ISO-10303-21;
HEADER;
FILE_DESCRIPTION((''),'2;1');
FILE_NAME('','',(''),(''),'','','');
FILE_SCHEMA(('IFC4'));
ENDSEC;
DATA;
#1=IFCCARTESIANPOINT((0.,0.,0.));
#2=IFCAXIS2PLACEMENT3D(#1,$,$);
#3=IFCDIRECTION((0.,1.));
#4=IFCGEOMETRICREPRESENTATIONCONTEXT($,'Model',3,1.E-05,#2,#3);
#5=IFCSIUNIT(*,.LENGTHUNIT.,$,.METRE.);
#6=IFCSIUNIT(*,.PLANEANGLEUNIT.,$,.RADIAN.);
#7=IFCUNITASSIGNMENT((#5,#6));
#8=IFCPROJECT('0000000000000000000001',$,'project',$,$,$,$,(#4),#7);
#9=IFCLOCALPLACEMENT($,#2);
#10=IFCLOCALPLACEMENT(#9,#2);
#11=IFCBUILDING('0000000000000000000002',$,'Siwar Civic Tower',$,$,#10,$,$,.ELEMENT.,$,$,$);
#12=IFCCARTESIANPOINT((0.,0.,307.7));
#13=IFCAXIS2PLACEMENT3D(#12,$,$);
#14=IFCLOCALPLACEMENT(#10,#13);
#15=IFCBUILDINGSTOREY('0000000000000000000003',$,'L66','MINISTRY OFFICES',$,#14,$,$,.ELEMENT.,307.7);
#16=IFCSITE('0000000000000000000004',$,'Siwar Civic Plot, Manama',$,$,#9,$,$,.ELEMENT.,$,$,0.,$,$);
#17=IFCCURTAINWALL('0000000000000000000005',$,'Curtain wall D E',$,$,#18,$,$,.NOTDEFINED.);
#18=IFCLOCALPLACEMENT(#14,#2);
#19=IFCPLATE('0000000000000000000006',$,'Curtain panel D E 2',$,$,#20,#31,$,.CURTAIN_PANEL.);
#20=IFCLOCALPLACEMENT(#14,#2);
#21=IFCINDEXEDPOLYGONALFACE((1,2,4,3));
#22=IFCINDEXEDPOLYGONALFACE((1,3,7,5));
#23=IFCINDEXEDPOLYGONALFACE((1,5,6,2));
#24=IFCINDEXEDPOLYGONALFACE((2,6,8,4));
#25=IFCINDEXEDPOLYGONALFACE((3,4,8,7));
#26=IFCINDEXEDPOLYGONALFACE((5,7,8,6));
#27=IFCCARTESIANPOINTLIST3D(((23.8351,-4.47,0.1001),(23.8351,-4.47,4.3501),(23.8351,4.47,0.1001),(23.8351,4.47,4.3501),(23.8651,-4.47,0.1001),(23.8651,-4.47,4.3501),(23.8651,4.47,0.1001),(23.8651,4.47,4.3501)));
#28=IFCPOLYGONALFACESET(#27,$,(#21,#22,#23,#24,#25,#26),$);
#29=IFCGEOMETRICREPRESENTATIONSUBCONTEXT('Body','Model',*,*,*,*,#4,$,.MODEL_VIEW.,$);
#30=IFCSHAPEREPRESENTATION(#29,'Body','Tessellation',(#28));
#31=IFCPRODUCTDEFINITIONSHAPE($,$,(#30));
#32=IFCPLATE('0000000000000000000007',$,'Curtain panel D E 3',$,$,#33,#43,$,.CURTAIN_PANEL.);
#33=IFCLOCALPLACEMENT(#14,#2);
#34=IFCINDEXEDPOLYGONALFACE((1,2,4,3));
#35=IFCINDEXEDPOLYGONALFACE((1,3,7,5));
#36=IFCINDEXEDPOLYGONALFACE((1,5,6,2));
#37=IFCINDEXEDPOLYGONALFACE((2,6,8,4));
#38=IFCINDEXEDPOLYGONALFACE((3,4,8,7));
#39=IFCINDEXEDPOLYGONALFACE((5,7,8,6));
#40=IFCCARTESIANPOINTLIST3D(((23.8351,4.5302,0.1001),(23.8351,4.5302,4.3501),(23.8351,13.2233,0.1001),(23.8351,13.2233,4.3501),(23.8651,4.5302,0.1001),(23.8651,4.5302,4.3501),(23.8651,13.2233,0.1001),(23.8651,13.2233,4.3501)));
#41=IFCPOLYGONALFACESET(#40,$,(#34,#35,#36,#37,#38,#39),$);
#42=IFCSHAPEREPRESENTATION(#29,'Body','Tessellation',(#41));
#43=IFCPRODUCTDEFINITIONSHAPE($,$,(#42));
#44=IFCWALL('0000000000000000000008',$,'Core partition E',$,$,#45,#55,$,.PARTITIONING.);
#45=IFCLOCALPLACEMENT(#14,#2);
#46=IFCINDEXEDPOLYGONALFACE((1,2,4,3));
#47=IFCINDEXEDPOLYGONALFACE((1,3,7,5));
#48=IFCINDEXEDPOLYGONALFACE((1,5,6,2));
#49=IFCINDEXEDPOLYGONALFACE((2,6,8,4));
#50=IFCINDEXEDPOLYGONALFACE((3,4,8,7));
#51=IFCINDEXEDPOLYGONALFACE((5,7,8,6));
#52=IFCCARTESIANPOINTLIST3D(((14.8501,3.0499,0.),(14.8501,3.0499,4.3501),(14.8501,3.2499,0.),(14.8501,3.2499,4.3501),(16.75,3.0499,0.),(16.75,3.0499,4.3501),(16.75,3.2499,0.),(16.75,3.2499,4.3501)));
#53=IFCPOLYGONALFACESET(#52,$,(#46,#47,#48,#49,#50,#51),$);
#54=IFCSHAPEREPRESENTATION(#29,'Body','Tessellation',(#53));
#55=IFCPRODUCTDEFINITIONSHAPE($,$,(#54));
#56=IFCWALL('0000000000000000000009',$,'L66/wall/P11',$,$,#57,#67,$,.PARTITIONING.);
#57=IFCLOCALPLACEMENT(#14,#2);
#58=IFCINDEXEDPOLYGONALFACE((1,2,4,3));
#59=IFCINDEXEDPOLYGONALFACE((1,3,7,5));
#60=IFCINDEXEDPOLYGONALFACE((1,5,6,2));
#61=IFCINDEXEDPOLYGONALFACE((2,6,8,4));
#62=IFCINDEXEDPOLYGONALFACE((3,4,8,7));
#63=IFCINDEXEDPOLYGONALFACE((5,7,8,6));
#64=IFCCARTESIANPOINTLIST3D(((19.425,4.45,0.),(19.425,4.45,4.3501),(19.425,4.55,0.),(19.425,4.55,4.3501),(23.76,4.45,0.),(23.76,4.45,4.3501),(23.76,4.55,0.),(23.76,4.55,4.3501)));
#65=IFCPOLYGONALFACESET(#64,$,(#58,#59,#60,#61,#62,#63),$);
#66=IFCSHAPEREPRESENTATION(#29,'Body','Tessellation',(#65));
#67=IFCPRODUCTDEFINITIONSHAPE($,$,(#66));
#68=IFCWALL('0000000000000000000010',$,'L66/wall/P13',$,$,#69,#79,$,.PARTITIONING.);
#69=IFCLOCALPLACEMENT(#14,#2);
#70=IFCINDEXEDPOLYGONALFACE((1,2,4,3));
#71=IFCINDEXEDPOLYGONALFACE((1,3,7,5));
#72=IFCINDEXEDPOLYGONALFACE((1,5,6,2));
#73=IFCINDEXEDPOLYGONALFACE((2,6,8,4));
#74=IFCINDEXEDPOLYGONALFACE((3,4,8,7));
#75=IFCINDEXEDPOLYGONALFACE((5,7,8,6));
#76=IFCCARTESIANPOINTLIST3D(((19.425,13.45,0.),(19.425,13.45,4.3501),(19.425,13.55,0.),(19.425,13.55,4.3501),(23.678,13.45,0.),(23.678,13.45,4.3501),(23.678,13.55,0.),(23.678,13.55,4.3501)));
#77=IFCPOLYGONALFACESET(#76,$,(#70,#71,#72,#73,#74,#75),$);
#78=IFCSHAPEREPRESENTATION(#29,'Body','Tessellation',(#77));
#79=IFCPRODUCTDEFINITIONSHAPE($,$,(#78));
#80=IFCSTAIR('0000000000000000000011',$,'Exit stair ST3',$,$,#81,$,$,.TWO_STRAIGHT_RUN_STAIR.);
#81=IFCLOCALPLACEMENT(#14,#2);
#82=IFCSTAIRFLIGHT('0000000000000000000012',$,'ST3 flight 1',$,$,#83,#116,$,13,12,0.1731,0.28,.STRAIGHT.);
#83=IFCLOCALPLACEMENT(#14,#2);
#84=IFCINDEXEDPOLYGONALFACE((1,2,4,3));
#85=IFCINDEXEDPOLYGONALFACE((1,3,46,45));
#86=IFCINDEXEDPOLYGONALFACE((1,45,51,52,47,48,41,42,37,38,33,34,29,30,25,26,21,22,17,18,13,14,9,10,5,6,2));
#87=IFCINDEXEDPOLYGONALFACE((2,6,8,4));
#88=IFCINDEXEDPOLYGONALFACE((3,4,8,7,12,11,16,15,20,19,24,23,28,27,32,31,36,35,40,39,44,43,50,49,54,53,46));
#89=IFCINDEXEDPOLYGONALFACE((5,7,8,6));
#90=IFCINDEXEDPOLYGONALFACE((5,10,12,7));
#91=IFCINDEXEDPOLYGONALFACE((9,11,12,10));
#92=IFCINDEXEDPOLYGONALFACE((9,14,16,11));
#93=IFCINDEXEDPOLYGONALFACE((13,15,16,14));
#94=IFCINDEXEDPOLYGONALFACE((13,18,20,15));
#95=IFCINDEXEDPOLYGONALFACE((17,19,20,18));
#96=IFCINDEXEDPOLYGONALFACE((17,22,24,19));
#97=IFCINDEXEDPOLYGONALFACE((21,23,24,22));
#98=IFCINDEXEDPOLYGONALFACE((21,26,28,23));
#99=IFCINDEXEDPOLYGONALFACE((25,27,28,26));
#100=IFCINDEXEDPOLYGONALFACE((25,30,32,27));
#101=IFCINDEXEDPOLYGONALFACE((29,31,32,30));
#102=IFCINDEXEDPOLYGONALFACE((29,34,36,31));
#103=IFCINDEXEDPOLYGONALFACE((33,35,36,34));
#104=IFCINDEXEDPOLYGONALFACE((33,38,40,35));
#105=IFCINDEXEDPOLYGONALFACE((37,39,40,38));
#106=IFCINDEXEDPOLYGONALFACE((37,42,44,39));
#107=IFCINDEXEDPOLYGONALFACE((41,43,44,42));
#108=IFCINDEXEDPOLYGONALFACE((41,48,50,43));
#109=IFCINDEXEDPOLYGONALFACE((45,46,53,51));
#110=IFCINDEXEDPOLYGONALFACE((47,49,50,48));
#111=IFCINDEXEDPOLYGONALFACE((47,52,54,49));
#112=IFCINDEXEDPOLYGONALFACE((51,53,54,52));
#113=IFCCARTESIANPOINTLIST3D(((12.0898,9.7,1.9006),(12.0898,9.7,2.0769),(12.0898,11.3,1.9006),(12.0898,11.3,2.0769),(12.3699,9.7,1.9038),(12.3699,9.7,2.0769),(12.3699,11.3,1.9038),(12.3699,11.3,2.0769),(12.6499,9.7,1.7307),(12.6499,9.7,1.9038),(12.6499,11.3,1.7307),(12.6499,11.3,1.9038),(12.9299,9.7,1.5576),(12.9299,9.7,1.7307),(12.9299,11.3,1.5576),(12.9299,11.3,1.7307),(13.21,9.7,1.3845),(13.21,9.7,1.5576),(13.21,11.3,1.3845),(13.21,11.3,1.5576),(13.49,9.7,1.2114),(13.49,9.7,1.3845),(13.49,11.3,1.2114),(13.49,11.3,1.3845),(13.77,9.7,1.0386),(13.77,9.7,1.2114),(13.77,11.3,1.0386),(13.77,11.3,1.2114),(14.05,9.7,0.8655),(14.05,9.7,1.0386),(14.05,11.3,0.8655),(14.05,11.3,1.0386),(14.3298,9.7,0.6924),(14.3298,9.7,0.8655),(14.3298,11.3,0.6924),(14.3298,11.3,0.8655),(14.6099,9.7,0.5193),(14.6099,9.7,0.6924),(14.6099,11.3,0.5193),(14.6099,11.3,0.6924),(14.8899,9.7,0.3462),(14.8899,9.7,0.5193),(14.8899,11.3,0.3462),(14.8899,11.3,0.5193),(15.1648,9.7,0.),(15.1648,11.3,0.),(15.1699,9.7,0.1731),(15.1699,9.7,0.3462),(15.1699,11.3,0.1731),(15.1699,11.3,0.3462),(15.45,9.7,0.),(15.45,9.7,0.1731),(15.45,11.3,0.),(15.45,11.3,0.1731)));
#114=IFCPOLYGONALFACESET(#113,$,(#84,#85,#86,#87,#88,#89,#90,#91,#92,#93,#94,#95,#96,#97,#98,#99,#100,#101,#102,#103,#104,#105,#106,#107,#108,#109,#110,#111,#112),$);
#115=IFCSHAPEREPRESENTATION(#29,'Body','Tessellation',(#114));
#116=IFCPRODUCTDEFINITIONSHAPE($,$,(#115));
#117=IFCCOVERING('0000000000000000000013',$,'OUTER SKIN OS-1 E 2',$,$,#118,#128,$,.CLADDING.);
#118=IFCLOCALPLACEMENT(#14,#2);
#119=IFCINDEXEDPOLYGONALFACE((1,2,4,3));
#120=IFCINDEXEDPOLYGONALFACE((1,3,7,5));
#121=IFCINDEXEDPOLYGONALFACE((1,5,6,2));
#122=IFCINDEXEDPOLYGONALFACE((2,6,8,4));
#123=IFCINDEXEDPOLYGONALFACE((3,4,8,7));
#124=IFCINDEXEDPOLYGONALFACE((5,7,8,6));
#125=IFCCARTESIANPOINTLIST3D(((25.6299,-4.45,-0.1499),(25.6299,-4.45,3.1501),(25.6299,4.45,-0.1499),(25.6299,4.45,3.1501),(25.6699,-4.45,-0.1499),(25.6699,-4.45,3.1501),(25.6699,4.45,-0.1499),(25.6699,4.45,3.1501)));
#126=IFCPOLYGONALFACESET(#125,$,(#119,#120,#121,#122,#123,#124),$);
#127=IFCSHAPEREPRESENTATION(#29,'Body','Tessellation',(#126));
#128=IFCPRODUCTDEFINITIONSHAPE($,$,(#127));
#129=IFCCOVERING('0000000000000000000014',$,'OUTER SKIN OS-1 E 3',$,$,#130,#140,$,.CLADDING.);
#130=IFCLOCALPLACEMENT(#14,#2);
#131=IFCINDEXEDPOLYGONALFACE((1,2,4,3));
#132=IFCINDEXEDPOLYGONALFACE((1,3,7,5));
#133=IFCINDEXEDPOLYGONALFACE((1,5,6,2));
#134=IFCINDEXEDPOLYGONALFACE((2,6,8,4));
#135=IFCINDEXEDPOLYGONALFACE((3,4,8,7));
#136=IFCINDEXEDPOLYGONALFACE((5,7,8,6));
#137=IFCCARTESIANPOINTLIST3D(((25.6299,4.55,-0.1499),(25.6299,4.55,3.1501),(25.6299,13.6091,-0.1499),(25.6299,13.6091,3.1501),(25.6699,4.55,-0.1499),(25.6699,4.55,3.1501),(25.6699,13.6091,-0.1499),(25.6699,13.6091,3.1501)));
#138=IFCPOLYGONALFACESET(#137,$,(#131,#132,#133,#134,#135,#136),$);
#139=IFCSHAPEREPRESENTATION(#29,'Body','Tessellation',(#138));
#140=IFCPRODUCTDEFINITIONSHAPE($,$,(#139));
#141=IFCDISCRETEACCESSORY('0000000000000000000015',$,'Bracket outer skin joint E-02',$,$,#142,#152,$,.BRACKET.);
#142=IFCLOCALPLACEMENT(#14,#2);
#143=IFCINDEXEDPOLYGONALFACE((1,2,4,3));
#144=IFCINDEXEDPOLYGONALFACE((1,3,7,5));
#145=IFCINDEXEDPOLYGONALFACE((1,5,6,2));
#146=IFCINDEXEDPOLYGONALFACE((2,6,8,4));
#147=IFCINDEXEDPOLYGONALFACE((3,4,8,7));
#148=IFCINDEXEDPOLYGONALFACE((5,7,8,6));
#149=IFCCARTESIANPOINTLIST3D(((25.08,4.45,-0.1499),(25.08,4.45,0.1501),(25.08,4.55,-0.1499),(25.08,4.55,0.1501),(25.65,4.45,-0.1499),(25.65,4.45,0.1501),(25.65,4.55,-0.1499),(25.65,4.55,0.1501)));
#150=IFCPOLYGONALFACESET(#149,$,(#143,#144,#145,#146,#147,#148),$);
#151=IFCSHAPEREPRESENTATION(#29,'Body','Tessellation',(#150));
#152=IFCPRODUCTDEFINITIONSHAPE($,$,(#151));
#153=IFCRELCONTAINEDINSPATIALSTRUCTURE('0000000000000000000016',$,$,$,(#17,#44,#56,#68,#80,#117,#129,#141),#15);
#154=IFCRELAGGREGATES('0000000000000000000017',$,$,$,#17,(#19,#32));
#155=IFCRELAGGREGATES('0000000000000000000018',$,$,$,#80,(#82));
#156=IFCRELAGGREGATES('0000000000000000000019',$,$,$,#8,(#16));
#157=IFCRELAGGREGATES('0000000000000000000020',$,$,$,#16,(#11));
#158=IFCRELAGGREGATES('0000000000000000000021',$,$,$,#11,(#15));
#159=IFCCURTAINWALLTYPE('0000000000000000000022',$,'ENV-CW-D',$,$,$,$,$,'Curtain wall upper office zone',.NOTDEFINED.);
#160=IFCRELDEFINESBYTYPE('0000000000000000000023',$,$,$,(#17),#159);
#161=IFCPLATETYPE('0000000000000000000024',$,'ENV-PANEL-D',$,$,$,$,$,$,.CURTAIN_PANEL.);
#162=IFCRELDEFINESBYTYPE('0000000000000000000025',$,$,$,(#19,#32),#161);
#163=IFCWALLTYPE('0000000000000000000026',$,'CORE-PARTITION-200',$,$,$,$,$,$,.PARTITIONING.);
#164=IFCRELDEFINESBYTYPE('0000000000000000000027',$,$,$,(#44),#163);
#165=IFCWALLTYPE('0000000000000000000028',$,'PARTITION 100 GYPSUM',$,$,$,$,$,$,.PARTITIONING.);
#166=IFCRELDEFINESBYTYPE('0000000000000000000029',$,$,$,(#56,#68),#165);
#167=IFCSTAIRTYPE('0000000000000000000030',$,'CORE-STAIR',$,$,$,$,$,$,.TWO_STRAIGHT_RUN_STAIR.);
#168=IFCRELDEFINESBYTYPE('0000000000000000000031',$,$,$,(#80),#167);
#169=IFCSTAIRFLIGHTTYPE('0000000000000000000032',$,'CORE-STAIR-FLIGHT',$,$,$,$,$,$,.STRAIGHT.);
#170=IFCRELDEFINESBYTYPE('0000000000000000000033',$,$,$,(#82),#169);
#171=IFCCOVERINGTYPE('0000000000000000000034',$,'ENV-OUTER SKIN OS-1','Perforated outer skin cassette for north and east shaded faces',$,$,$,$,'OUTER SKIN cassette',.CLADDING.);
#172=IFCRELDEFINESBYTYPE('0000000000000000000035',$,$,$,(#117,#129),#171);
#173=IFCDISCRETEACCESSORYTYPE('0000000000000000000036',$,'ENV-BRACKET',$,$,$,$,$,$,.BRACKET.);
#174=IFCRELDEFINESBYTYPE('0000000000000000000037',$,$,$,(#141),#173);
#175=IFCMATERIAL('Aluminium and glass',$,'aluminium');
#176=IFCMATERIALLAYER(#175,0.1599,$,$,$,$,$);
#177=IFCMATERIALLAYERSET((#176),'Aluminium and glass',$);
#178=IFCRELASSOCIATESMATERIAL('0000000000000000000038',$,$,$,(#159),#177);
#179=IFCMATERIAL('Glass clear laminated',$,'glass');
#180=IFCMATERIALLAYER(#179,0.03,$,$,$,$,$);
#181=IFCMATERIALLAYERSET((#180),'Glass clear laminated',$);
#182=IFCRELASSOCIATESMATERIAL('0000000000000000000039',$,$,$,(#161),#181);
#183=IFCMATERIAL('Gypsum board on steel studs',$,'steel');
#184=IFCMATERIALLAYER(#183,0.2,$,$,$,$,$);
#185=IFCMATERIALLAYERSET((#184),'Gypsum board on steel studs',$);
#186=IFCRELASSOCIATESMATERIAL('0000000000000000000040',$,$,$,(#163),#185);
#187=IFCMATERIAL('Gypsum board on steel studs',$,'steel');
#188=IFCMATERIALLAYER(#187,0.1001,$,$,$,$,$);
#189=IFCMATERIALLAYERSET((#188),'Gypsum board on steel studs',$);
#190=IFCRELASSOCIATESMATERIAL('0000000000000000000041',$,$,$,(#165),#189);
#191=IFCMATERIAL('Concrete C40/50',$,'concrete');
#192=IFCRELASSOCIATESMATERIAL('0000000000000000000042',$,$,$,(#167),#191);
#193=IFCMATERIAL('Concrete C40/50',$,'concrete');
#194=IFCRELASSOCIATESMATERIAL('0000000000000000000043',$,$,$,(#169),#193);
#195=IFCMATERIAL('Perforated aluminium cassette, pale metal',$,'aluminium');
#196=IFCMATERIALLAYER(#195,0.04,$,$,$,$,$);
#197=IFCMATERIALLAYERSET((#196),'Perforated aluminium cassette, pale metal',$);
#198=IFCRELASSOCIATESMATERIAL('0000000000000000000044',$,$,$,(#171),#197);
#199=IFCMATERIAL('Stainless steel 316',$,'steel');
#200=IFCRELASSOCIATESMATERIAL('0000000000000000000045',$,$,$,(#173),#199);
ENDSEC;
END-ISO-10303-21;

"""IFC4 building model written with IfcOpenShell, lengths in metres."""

from ifc_helpers import new_model, si_unit, direction, frame, frame_2d, origin, origin_2d, place, context, subcontext, project, spatial, polyline, rectangle, outline, extrude, material, layer, layer_set, type_object, element, aggregate, save


model = new_model("IFC4")

# Units and contexts
model_context = context("Model", 3, precision=1e-05, world=origin(), true_north=direction((0.0, 1.0)))
body_context = subcontext(model_context, "Body", "Model", "MODEL_VIEW")
ifc_project = project(units=[si_unit("LENGTHUNIT", "METRE"), si_unit("PLANEANGLEUNIT", "RADIAN")], contexts=[model_context])

# Site, building, storey
site_placement = place(None, origin())
site = spatial("IfcSite", under=ifc_project, at=site_placement, Name="Siwar Civic Plot, Manama", CompositionType="ELEMENT", RefElevation=0.0)
building_placement = place(site_placement, origin())
building = spatial("IfcBuilding", under=site, at=building_placement, Name="Siwar Civic Tower", CompositionType="ELEMENT")
storey_placement = place(building_placement, frame((0.0, 0.0, 307.7)))
storey = spatial("IfcBuildingStorey", under=building, at=storey_placement, Name="L66", Description="MINISTRY OFFICES", CompositionType="ELEMENT", Elevation=307.7)

# Curtain wall
ifc_material_1 = material(Name="Aluminium and glass", Category="aluminium")
ifc_layer_1 = layer(ifc_material_1, 0.1599)
ifc_layer_set_1 = layer_set([ifc_layer_1], Name="Aluminium and glass")
curtain_wall_type_1 = type_object("IfcCurtainWallType", Name="ENV-CW-D", ElementType="Curtain wall upper office zone", PredefinedType="NOTDEFINED", material=ifc_layer_set_1)
curtain_wall_1_placement = place(storey_placement, origin())
curtain_wall_1 = element("IfcCurtainWall", 1, at=curtain_wall_1_placement, inside=storey, type_object=curtain_wall_type_1, Name="Curtain wall D E", PredefinedType="NOTDEFINED")

# Plates
ifc_material_2 = material(Name="Glass clear laminated", Category="glass")
ifc_layer_2 = layer(ifc_material_2, 0.03)
ifc_layer_set_2 = layer_set([ifc_layer_2], Name="Glass clear laminated")
plate_type = type_object("IfcPlateType", Name="ENV-PANEL-D", PredefinedType="CURTAIN_PANEL", material=ifc_layer_set_2)
plate_1_placement = place(storey_placement, frame((23.8501, 0.0, 0.1001), z_axis=(0.0, 0.0, 1.0), x_axis=(0.0, 1.0, 0.0)))
plate_1 = element("IfcPlate", 2, at=plate_1_placement, type_object=plate_type, Name="Curtain panel D E 2", PredefinedType="CURTAIN_PANEL", context=body_context, shape_type="SweptSolid", body=[
    extrude(rectangle(XDim=8.9399, YDim=0.03, at=origin_2d()), origin(), (0.0, 0.0, 1.0), 4.25),
])
plate_2_placement = place(storey_placement, frame((23.8501, 8.8767, 0.1001), z_axis=(0.0, 0.0, 1.0), x_axis=(0.0, 1.0, 0.0)))
plate_2 = element("IfcPlate", 3, at=plate_2_placement, type_object=plate_type, Name="Curtain panel D E 3", PredefinedType="CURTAIN_PANEL", context=body_context, shape_type="SweptSolid", body=[
    extrude(rectangle(XDim=8.6931, YDim=0.03, at=origin_2d()), origin(), (0.0, 0.0, 1.0), 4.25),
])
aggregate(curtain_wall_1, [plate_1, plate_2])

# Walls
ifc_material_3 = material(Name="Gypsum board on steel studs", Category="steel")
ifc_layer_3 = layer(ifc_material_3, 0.2)
ifc_layer_set_3 = layer_set([ifc_layer_3], Name="Gypsum board on steel studs")
wall_type_1 = type_object("IfcWallType", Name="CORE-PARTITION-200", PredefinedType="PARTITIONING", material=ifc_layer_set_3)
wall_1_placement = place(storey_placement, frame((14.8501, 3.1499, 0.0), z_axis=(0.0, 0.0, 1.0), x_axis=(1.0, 0.0, 0.0)))
element("IfcWall", 4, at=wall_1_placement, inside=storey, type_object=wall_type_1, Name="Core partition E", PredefinedType="PARTITIONING", context=body_context, shape_type="SweptSolid", body=[
    extrude(rectangle(XDim=1.8999, YDim=0.2, at=frame_2d((0.95, 0.0))), origin(), (0.0, 0.0, 1.0), 4.3501),
])
ifc_material_4 = material(Name="Gypsum board on steel studs", Category="steel")
ifc_layer_4 = layer(ifc_material_4, 0.1001)
ifc_layer_set_4 = layer_set([ifc_layer_4], Name="Gypsum board on steel studs")
wall_type_2 = type_object("IfcWallType", Name="PARTITION 100 GYPSUM", PredefinedType="PARTITIONING", material=ifc_layer_set_4)
wall_2_placement = place(storey_placement, frame((19.425, 4.5, 0.0), z_axis=(0.0, 0.0, 1.0), x_axis=(1.0, 0.0, 0.0)))
element("IfcWall", 5, at=wall_2_placement, inside=storey, type_object=wall_type_2, Name="L66/wall/P11", PredefinedType="PARTITIONING", context=body_context, shape_type="SweptSolid", body=[
    extrude(rectangle(XDim=4.335, YDim=0.1001, at=frame_2d((2.1675, 0.0))), origin(), (0.0, 0.0, 1.0), 4.3501),
])
wall_3_placement = place(storey_placement, frame((19.425, 13.5, 0.0), z_axis=(0.0, 0.0, 1.0), x_axis=(1.0, 0.0, 0.0)))
element("IfcWall", 6, at=wall_3_placement, inside=storey, type_object=wall_type_2, Name="L66/wall/P13", PredefinedType="PARTITIONING", context=body_context, shape_type="SweptSolid", body=[
    extrude(rectangle(XDim=4.2529, YDim=0.1001, at=frame_2d((2.1265, 0.0))), origin(), (0.0, 0.0, 1.0), 4.3501),
])

# Stair, stair flight
ifc_material_5 = material(Name="Concrete C40/50", Category="concrete")
stair_type = type_object("IfcStairType", Name="CORE-STAIR", PredefinedType="TWO_STRAIGHT_RUN_STAIR", material=ifc_material_5)
stair_placement = place(storey_placement, origin())
stair = element("IfcStair", 7, at=stair_placement, inside=storey, type_object=stair_type, Name="Exit stair ST3", PredefinedType="TWO_STRAIGHT_RUN_STAIR")
ifc_material_6 = material(Name="Concrete C40/50", Category="concrete")
stair_flight_type = type_object("IfcStairFlightType", Name="CORE-STAIR-FLIGHT", PredefinedType="STRAIGHT", material=ifc_material_6)
stair_flight_placement = place(storey_placement, frame((15.45, 10.5, 0.0), z_axis=(0.0, 0.0, 1.0), x_axis=(-1.0, 0.0, 0.0)))
stair_flight = element("IfcStairFlight", 8, at=stair_flight_placement, type_object=stair_flight_type, Name="ST3 flight 1", NumberOfRisers=13, NumberOfTreads=12, PredefinedType="STRAIGHT", RiserHeight=0.1731, TreadLength=0.28, context=body_context, shape_type="SweptSolid", body=[
    extrude(outline(polyline([(0.0, 0.0), (0.0, 0.1731), (0.28, 0.1731), (0.28, 0.3462), (0.5601, 0.3462), (0.5601, 0.5193), (0.8401, 0.5193), (0.8401, 0.6924), (1.1201, 0.6924), (1.1201, 0.8655), (1.3999, 0.8655), (1.3999, 1.0386), (1.6799, 1.0386), (1.6799, 1.2114), (1.96, 1.2114), (1.96, 1.3845), (2.24, 1.3845), (2.24, 1.5576), (2.52, 1.5576), (2.52, 1.7307), (2.8, 1.7307), (2.8, 1.9038), (3.0801, 1.9038), (3.0801, 2.0769), (3.3601, 2.0769), (3.3601, 2.25), (3.3601, 1.9006), (0.2852, 0.0), (0.0, 0.0)])), frame((0.0, 0.8, 0.0), z_axis=(0.0, -1.0, 0.0), x_axis=(1.0, 0.0, 0.0)), (0.0, 0.0, 1.0), 1.6001),
])
aggregate(stair, [stair_flight])

# Coverings
ifc_material_7 = material(Name="Perforated aluminium cassette, pale metal", Category="aluminium")
ifc_layer_5 = layer(ifc_material_7, 0.04)
ifc_layer_set_5 = layer_set([ifc_layer_5], Name="Perforated aluminium cassette, pale metal")
covering_type = type_object("IfcCoveringType", Name="ENV-OUTER SKIN OS-1", Description="Perforated outer skin cassette for north and east shaded faces", ElementType="OUTER SKIN cassette", PredefinedType="CLADDING", material=ifc_layer_set_5)
covering_1_placement = place(storey_placement, frame((25.6499, 0.0, -0.1499), z_axis=(0.0, 0.0, 1.0), x_axis=(0.0, 1.0, 0.0)))
element("IfcCovering", 9, at=covering_1_placement, inside=storey, type_object=covering_type, Name="OUTER SKIN OS-1 E 2", PredefinedType="CLADDING", context=body_context, shape_type="SweptSolid", body=[
    extrude(rectangle(XDim=8.8999, YDim=0.04, at=origin_2d()), origin(), (0.0, 0.0, 1.0), 3.3),
])
covering_2_placement = place(storey_placement, frame((25.6499, 9.0796, -0.1499), z_axis=(0.0, 0.0, 1.0), x_axis=(0.0, 1.0, 0.0)))
element("IfcCovering", 10, at=covering_2_placement, inside=storey, type_object=covering_type, Name="OUTER SKIN OS-1 E 3", PredefinedType="CLADDING", context=body_context, shape_type="SweptSolid", body=[
    extrude(rectangle(XDim=9.0591, YDim=0.04, at=origin_2d()), origin(), (0.0, 0.0, 1.0), 3.3),
])

# Discrete accessory
ifc_material_8 = material(Name="Stainless steel 316", Category="steel")
discrete_accessory_type = type_object("IfcDiscreteAccessoryType", Name="ENV-BRACKET", PredefinedType="BRACKET", material=ifc_material_8)
discrete_accessory_placement = place(storey_placement, frame((25.365, 4.5, -0.1499), z_axis=(0.0, 0.0, 1.0), x_axis=(1.0, 0.0, 0.0)))
element("IfcDiscreteAccessory", 11, at=discrete_accessory_placement, inside=storey, type_object=discrete_accessory_type, Name="Bracket outer skin joint E-02", PredefinedType="BRACKET", context=body_context, shape_type="SweptSolid", body=[
    extrude(rectangle(XDim=0.5701, YDim=0.1001, at=origin_2d()), origin(), (0.0, 0.0, 1.0), 0.3),
])

save(model, "model.ifc")
